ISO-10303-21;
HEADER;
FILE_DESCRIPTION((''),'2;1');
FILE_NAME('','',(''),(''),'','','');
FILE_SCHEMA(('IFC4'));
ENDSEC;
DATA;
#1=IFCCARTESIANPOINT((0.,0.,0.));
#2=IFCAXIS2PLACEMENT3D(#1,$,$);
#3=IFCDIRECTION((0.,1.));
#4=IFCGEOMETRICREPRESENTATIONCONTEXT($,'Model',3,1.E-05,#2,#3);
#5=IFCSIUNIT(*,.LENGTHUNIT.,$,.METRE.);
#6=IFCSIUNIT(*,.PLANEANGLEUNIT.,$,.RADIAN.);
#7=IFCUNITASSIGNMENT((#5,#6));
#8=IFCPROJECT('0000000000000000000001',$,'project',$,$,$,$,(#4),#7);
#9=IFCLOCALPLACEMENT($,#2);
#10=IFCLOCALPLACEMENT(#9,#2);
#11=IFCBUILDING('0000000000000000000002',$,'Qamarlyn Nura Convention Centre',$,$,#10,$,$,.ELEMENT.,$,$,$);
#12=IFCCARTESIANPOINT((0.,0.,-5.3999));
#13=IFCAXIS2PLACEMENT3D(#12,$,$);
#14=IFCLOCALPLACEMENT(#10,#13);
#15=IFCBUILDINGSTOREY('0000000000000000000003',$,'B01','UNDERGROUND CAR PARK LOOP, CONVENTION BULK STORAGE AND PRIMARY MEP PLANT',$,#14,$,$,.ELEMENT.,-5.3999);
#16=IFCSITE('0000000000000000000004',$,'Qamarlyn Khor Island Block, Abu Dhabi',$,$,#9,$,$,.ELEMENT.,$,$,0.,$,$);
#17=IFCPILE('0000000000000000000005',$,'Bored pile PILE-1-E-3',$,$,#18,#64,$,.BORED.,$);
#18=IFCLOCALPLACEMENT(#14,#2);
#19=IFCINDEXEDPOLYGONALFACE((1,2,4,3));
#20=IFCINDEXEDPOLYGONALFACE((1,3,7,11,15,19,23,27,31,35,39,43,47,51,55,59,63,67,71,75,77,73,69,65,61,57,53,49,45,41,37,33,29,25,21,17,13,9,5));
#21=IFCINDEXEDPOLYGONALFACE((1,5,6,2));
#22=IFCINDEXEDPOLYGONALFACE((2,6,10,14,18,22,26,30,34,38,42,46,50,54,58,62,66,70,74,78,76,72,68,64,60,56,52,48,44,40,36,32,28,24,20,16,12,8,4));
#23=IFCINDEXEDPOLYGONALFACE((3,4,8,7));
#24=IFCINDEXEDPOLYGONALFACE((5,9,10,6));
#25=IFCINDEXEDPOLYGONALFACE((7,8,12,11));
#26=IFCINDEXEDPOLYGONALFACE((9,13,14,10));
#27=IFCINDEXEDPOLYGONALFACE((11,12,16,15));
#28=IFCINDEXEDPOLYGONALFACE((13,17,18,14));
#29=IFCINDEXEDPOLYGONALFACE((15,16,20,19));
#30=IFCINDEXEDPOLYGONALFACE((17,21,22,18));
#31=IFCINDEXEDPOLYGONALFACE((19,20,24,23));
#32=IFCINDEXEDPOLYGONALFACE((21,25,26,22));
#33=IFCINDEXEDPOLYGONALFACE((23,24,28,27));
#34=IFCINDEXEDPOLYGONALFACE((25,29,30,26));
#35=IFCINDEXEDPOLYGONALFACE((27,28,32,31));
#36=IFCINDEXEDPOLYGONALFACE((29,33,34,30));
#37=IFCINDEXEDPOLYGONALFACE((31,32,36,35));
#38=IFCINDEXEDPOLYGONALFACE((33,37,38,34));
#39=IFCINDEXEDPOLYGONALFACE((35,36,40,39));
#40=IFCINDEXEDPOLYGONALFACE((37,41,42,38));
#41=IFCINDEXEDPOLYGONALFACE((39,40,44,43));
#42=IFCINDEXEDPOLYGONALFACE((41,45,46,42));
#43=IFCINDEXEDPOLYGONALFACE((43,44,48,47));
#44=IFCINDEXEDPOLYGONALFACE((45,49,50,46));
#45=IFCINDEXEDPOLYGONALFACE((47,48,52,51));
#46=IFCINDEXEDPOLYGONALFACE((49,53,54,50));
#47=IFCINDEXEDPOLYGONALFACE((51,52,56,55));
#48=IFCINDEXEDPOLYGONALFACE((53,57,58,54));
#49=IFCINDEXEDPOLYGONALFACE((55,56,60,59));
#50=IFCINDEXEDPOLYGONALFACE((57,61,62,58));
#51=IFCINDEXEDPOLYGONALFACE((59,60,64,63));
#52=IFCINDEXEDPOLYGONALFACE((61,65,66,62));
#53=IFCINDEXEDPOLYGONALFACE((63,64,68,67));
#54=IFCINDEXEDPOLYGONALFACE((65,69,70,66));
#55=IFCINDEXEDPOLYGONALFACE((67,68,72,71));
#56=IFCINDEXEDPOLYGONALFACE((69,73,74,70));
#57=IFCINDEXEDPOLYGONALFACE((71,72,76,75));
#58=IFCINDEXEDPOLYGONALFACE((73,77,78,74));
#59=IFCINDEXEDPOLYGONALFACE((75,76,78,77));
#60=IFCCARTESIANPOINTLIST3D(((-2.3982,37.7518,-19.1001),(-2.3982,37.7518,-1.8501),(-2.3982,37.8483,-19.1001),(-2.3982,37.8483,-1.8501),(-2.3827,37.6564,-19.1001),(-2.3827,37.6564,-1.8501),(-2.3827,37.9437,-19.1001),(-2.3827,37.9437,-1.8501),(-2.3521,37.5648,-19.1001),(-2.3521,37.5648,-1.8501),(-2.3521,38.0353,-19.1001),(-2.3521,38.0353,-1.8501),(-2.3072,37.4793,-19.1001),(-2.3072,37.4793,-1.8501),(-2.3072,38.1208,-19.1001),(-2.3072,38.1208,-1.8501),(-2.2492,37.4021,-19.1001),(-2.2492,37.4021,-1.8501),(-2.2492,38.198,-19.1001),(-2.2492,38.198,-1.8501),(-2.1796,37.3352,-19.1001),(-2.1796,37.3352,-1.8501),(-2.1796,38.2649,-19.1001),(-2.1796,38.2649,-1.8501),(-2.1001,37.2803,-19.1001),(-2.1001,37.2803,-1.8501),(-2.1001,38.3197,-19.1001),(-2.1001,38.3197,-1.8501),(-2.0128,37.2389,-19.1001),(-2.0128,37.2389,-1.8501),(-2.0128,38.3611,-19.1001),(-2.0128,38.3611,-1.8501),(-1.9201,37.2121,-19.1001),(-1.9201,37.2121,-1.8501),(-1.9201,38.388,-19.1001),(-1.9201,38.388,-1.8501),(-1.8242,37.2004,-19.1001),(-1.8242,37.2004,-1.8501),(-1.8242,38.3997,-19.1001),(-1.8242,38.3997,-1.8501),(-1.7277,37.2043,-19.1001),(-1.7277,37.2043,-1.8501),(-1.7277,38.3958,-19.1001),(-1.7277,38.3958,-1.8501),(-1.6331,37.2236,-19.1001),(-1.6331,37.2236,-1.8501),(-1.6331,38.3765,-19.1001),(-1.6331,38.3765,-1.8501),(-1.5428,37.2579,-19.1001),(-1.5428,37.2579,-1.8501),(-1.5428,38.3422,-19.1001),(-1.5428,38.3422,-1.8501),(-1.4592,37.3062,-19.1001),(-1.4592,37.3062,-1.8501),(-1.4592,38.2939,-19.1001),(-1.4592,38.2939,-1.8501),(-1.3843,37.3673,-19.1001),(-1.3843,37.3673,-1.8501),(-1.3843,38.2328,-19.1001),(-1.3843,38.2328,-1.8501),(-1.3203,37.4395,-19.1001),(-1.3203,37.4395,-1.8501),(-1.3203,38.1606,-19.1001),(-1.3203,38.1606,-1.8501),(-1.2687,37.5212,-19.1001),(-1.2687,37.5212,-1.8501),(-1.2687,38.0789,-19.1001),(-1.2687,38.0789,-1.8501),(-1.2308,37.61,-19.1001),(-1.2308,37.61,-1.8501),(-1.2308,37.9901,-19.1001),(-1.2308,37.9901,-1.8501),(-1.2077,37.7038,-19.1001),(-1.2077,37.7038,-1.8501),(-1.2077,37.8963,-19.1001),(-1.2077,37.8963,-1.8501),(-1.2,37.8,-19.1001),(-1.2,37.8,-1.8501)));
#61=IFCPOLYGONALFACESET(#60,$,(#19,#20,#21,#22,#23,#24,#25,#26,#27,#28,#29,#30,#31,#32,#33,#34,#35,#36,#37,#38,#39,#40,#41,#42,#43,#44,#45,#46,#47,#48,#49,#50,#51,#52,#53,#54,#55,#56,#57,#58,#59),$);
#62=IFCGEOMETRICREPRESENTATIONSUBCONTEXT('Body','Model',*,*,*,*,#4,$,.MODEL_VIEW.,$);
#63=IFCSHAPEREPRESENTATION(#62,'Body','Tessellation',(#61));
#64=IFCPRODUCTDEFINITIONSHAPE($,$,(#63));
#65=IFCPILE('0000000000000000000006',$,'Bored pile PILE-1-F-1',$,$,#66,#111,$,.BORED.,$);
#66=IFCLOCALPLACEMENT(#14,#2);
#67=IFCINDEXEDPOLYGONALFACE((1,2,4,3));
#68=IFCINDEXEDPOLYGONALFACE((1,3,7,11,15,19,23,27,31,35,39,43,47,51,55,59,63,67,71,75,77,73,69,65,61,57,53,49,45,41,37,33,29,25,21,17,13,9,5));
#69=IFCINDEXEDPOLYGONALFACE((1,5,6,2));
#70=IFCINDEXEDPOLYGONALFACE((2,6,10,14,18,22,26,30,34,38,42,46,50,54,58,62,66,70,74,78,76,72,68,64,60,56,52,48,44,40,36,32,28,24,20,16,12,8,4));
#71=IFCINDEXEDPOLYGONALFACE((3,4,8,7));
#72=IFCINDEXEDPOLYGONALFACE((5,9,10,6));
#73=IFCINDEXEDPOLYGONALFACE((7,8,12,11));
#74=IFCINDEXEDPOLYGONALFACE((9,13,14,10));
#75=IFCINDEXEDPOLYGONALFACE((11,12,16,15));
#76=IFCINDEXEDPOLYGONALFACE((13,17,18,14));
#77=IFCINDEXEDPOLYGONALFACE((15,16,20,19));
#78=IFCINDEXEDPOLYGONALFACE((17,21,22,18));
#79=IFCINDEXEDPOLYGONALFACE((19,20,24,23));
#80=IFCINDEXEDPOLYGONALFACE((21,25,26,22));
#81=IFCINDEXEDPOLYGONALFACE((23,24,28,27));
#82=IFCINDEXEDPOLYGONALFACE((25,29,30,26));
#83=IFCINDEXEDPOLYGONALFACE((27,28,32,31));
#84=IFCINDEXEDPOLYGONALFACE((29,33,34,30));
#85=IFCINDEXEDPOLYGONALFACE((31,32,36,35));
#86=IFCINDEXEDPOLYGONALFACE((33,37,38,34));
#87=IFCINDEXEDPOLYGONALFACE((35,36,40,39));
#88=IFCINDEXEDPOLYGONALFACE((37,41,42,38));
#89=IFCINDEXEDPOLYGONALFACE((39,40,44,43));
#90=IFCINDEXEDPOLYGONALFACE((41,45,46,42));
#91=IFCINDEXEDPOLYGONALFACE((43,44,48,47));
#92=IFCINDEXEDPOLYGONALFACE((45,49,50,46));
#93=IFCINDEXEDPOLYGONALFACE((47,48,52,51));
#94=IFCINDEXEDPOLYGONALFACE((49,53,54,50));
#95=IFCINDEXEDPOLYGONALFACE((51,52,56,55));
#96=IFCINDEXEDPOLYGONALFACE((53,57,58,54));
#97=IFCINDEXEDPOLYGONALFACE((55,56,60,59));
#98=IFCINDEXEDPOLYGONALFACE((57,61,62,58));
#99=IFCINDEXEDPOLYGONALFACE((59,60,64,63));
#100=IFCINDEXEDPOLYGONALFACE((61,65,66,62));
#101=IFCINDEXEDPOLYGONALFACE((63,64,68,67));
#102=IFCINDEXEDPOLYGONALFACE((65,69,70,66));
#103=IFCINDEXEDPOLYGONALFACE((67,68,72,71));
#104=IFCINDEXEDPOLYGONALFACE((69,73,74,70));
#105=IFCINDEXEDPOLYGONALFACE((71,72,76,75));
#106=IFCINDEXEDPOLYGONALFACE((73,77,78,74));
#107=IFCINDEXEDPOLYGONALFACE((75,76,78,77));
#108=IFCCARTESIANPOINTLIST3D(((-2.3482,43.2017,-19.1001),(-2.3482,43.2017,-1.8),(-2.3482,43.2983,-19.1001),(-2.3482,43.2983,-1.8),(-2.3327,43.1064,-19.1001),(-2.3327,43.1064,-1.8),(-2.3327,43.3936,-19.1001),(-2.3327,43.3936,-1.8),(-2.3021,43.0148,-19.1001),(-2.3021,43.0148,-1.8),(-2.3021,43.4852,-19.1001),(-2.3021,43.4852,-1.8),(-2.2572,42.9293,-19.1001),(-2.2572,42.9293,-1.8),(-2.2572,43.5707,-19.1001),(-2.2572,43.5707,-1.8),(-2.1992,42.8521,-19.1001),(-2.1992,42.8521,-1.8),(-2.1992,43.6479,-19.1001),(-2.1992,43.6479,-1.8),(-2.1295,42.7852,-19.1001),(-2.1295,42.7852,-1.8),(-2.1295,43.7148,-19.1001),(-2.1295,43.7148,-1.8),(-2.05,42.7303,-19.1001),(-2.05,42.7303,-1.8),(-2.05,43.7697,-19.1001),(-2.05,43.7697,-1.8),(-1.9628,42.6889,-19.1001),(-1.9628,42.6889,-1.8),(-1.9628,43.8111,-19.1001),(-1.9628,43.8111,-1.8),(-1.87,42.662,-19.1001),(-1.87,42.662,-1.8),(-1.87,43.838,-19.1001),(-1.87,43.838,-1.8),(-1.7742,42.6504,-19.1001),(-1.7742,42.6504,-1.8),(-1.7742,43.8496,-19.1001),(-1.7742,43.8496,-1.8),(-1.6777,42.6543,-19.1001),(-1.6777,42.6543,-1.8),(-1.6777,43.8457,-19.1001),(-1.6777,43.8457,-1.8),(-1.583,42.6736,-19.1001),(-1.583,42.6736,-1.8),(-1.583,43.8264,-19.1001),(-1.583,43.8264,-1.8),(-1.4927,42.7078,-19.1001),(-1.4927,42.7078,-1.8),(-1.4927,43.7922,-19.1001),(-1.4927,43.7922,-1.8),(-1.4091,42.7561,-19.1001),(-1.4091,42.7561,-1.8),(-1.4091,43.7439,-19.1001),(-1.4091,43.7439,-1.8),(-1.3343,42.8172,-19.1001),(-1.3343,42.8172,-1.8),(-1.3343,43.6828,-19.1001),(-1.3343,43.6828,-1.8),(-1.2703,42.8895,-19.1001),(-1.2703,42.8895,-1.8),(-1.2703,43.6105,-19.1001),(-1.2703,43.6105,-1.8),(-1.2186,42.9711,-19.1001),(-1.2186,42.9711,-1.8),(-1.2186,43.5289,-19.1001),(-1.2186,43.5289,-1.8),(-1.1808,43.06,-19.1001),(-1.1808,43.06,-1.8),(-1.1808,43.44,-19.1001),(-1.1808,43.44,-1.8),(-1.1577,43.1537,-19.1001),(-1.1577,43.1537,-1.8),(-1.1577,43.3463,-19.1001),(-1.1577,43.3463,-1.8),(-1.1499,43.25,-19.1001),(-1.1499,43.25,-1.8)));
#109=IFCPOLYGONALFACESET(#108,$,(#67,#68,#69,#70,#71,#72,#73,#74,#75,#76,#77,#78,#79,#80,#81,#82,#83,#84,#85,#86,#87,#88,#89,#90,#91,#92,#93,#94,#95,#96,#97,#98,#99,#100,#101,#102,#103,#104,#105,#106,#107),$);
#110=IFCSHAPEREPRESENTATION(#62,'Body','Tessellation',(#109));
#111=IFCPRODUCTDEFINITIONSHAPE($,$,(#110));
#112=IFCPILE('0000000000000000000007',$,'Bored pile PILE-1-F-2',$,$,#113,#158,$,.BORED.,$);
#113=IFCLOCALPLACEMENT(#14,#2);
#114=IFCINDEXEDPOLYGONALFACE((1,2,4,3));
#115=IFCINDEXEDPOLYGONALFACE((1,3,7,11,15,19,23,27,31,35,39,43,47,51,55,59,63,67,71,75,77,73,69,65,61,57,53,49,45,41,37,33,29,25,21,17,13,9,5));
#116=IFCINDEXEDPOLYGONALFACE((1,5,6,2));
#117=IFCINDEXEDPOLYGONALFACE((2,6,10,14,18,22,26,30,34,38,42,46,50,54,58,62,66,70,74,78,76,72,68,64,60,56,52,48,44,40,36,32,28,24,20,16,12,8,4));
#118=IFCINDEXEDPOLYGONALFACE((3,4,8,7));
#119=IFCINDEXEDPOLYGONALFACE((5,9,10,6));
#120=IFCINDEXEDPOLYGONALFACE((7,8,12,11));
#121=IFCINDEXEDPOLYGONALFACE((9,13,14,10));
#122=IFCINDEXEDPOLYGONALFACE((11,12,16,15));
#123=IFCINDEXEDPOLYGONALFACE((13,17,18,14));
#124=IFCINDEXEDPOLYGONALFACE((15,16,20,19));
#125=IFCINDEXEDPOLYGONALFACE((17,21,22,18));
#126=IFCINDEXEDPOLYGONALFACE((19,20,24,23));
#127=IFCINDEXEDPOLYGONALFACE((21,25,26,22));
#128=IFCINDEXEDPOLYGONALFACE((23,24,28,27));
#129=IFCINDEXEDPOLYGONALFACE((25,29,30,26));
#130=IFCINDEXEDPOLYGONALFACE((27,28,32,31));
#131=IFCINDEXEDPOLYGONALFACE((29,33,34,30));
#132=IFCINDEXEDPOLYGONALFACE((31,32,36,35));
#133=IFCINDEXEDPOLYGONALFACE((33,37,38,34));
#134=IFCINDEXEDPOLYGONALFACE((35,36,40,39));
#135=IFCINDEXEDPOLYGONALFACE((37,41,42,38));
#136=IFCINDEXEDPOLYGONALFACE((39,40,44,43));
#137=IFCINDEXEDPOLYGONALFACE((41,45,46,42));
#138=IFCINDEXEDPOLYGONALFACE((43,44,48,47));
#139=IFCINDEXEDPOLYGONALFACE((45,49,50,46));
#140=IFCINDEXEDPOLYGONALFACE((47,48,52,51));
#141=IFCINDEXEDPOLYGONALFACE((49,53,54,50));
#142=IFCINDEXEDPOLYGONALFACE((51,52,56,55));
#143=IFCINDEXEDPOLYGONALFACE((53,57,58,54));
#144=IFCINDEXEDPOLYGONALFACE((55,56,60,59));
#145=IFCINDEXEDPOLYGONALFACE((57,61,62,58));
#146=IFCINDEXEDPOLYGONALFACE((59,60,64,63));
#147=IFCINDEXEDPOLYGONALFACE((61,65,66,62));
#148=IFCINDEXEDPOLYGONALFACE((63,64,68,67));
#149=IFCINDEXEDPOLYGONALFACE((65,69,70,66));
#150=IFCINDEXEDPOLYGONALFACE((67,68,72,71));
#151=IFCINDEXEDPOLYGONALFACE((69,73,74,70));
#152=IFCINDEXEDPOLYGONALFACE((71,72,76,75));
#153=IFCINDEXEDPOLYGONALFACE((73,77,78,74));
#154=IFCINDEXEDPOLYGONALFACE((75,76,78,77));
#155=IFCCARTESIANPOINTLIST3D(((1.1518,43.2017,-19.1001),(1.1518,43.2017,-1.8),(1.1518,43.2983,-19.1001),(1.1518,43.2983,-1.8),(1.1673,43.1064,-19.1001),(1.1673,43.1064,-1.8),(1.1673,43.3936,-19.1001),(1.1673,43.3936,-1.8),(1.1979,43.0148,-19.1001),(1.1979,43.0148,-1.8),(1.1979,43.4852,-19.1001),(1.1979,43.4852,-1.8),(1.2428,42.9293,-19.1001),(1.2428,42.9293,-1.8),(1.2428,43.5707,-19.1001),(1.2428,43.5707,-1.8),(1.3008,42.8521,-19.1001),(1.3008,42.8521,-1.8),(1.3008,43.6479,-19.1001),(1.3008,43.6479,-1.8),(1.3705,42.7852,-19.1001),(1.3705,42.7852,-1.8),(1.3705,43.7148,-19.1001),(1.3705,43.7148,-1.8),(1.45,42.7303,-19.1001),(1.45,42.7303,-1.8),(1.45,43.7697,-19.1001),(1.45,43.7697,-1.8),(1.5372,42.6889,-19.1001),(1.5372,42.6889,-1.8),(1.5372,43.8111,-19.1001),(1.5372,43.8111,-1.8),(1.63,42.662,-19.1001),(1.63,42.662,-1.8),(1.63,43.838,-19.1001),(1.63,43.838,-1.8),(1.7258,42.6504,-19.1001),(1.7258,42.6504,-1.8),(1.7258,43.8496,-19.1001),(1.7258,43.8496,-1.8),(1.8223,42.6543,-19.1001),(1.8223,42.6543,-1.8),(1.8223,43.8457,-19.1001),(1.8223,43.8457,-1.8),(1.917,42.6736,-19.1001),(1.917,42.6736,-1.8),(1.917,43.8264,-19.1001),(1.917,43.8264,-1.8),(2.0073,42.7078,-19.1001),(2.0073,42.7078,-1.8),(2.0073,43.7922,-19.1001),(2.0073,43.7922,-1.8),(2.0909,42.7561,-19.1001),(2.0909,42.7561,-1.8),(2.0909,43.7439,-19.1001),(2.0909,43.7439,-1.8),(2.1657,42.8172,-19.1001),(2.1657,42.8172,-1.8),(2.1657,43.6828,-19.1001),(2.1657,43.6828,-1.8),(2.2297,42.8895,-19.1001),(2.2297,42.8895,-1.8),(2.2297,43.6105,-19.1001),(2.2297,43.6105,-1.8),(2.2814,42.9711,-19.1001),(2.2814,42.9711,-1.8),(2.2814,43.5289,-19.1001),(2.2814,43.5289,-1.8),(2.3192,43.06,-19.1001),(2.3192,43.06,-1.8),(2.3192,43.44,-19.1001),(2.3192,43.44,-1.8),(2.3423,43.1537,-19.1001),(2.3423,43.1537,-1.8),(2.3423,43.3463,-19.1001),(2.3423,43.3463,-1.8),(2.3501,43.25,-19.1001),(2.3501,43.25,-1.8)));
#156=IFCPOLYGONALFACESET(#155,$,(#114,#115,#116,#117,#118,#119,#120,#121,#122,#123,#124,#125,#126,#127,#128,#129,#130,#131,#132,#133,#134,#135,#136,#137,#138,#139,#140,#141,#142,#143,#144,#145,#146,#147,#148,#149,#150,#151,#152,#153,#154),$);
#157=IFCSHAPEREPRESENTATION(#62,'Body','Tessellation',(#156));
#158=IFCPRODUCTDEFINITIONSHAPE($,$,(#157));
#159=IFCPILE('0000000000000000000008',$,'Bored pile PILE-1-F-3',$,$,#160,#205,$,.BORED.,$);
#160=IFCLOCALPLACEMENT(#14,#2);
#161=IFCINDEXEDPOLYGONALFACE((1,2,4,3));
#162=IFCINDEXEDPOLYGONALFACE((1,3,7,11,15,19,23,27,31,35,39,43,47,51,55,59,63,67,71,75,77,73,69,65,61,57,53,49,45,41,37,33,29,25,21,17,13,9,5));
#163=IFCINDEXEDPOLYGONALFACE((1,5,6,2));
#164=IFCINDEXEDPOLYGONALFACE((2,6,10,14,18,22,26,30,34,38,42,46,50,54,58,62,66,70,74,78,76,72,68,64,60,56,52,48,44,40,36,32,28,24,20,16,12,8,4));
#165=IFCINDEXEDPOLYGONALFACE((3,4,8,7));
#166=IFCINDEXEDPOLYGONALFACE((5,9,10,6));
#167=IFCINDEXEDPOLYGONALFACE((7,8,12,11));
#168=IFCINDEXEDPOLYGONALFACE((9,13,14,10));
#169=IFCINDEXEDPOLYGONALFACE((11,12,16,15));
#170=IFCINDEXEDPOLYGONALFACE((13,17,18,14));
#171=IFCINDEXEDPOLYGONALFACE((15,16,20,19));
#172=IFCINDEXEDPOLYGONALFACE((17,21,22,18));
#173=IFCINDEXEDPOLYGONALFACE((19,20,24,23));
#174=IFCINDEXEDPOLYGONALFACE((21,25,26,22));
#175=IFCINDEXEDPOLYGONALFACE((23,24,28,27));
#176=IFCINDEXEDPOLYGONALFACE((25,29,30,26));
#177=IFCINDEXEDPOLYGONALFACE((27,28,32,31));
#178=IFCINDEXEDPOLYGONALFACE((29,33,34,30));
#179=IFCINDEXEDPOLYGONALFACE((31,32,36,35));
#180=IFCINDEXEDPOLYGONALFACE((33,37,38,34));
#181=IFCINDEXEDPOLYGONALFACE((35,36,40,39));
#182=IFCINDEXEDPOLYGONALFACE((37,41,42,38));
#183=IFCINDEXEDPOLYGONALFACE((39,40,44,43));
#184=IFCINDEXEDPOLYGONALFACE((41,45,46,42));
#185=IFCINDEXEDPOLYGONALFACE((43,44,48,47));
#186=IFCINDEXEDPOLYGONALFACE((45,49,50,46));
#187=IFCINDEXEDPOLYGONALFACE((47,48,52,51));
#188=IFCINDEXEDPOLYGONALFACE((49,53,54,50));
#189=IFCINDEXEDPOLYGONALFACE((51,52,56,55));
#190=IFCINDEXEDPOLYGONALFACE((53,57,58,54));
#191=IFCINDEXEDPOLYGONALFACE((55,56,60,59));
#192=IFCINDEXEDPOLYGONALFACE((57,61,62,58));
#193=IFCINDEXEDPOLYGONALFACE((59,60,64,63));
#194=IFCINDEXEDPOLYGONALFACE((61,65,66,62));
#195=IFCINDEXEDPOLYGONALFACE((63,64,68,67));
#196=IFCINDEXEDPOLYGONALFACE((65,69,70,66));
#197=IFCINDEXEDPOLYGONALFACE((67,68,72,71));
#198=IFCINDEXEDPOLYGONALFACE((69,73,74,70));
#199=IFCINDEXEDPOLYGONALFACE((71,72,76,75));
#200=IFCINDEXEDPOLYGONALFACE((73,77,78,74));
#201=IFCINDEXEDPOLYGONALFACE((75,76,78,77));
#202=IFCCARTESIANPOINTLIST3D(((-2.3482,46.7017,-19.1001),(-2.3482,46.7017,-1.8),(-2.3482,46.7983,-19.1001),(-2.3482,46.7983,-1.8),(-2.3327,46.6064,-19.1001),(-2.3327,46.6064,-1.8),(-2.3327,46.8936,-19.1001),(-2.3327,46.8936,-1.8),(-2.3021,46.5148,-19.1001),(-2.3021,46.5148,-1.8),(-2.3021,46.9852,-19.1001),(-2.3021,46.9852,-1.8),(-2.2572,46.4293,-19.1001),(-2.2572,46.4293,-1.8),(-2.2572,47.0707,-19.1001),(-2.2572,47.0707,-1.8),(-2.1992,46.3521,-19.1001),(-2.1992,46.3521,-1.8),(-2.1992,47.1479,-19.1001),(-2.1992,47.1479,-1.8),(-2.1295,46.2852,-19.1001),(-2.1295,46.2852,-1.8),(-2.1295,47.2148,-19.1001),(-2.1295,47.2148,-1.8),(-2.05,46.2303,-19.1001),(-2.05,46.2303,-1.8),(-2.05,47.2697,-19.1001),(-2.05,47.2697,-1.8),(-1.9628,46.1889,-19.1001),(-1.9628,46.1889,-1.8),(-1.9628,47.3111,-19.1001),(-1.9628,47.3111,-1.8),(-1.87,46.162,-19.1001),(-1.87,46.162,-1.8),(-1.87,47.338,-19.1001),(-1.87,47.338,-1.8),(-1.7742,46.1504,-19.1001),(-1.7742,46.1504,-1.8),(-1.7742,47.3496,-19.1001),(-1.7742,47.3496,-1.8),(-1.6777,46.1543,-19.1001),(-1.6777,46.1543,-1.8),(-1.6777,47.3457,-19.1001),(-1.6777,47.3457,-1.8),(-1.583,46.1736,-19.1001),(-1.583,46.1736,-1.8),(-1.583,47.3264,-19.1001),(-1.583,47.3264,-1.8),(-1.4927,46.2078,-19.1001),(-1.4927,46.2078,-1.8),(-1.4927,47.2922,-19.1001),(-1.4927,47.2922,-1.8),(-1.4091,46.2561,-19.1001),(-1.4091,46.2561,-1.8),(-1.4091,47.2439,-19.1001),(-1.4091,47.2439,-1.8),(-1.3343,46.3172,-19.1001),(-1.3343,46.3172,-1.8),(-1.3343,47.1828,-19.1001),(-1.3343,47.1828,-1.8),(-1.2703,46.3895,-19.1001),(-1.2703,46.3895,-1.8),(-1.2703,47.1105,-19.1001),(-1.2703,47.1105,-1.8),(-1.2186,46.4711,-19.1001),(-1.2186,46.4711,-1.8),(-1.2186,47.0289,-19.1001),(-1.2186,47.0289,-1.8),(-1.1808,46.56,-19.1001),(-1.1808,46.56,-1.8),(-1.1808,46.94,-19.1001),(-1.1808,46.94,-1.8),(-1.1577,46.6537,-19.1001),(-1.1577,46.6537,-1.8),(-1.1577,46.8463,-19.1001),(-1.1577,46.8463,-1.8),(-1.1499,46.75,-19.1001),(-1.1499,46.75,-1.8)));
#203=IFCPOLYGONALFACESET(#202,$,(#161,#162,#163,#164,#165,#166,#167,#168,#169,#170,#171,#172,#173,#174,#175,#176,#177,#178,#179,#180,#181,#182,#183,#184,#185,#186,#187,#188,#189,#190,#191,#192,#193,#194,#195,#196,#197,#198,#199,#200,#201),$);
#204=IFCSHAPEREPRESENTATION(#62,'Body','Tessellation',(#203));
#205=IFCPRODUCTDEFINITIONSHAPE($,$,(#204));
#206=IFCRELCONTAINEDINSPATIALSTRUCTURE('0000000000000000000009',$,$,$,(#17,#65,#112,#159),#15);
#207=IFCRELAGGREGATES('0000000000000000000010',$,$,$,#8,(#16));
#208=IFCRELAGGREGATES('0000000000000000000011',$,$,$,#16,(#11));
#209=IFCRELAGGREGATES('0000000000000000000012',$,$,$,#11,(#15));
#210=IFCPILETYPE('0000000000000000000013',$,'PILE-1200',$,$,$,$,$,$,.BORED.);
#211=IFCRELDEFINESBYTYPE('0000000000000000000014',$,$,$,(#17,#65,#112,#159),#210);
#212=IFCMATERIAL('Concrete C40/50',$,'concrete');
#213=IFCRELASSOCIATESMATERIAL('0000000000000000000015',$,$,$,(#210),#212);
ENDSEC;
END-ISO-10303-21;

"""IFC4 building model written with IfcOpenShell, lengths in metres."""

from ifc_helpers import new_model, si_unit, direction, frame, origin, origin_2d, place, context, subcontext, project, spatial, circle, extrude, material, material_profile, profile_set, type_object, element, save


model = new_model("IFC4")

# Units and contexts
model_context = context("Model", 3, precision=1e-05, world=origin(), true_north=direction((0.0, 1.0)))
body_context = subcontext(model_context, "Body", "Model", "MODEL_VIEW")
ifc_project = project(units=[si_unit("LENGTHUNIT", "METRE"), si_unit("PLANEANGLEUNIT", "RADIAN")], contexts=[model_context])

# Site, building, storey
site_placement = place(None, origin())
site = spatial("IfcSite", under=ifc_project, at=site_placement, Name="Qamarlyn Khor Island Block, Abu Dhabi", CompositionType="ELEMENT", RefElevation=0.0)
building_placement = place(site_placement, origin())
building = spatial("IfcBuilding", under=site, at=building_placement, Name="Qamarlyn Nura Convention Centre", CompositionType="ELEMENT")
storey_placement = place(building_placement, frame((0.0, 0.0, -5.3999)))
storey = spatial("IfcBuildingStorey", under=building, at=storey_placement, Name="B01", Description="UNDERGROUND CAR PARK LOOP, CONVENTION BULK STORAGE AND PRIMARY MEP PLANT", CompositionType="ELEMENT", Elevation=-5.3999)

# Shared definitions
ifc_material_1 = material(Name="Concrete C40/50", Category="concrete")

# Piles
ifc_material_profile_1 = material_profile(ifc_material_1, circle(Radius=0.6001, at=origin_2d()), Name="BORED PILE 1200")
ifc_profile_set_1 = profile_set([ifc_material_profile_1], Name="Concrete C40/50")
pile_type = type_object("IfcPileType", Name="PILE-1200", PredefinedType="BORED", material=ifc_profile_set_1)
for number, where, z_axis, x_axis, name in (
    (1, (-1.8, 37.8, -1.8501), (0.0, 0.0, -1.0), (1.0, 0.0, 0.0), "Bored pile PILE-1-E-3"),
):
    element("IfcPile", number, at=place(storey_placement, frame(where, z_axis=z_axis, x_axis=x_axis)), inside=storey, type_object=pile_type, Name=name, PredefinedType="BORED", context=body_context, shape_type="SweptSolid", body=[
        extrude(circle(Radius=0.6001, at=origin_2d()), origin(), (0.0, 0.0, 1.0), 17.25),
    ])
for number, where, z_axis, x_axis, name in (
    (2, (-1.75, 43.25, -1.8), (0.0, 0.0, -1.0), (1.0, 0.0, 0.0), "Bored pile PILE-1-F-1"),
    (3, (1.75, 43.25, -1.8), (0.0, 0.0, -1.0), (1.0, 0.0, 0.0), "Bored pile PILE-1-F-2"),
    (4, (-1.75, 46.75, -1.8), (0.0, 0.0, -1.0), (1.0, 0.0, 0.0), "Bored pile PILE-1-F-3"),
):
    element("IfcPile", number, at=place(storey_placement, frame(where, z_axis=z_axis, x_axis=x_axis)), inside=storey, type_object=pile_type, Name=name, PredefinedType="BORED", context=body_context, shape_type="SweptSolid", body=[
        extrude(circle(Radius=0.6001, at=origin_2d()), origin(), (0.0, 0.0, 1.0), 17.3),
    ])

save(model, "model.ifc")
